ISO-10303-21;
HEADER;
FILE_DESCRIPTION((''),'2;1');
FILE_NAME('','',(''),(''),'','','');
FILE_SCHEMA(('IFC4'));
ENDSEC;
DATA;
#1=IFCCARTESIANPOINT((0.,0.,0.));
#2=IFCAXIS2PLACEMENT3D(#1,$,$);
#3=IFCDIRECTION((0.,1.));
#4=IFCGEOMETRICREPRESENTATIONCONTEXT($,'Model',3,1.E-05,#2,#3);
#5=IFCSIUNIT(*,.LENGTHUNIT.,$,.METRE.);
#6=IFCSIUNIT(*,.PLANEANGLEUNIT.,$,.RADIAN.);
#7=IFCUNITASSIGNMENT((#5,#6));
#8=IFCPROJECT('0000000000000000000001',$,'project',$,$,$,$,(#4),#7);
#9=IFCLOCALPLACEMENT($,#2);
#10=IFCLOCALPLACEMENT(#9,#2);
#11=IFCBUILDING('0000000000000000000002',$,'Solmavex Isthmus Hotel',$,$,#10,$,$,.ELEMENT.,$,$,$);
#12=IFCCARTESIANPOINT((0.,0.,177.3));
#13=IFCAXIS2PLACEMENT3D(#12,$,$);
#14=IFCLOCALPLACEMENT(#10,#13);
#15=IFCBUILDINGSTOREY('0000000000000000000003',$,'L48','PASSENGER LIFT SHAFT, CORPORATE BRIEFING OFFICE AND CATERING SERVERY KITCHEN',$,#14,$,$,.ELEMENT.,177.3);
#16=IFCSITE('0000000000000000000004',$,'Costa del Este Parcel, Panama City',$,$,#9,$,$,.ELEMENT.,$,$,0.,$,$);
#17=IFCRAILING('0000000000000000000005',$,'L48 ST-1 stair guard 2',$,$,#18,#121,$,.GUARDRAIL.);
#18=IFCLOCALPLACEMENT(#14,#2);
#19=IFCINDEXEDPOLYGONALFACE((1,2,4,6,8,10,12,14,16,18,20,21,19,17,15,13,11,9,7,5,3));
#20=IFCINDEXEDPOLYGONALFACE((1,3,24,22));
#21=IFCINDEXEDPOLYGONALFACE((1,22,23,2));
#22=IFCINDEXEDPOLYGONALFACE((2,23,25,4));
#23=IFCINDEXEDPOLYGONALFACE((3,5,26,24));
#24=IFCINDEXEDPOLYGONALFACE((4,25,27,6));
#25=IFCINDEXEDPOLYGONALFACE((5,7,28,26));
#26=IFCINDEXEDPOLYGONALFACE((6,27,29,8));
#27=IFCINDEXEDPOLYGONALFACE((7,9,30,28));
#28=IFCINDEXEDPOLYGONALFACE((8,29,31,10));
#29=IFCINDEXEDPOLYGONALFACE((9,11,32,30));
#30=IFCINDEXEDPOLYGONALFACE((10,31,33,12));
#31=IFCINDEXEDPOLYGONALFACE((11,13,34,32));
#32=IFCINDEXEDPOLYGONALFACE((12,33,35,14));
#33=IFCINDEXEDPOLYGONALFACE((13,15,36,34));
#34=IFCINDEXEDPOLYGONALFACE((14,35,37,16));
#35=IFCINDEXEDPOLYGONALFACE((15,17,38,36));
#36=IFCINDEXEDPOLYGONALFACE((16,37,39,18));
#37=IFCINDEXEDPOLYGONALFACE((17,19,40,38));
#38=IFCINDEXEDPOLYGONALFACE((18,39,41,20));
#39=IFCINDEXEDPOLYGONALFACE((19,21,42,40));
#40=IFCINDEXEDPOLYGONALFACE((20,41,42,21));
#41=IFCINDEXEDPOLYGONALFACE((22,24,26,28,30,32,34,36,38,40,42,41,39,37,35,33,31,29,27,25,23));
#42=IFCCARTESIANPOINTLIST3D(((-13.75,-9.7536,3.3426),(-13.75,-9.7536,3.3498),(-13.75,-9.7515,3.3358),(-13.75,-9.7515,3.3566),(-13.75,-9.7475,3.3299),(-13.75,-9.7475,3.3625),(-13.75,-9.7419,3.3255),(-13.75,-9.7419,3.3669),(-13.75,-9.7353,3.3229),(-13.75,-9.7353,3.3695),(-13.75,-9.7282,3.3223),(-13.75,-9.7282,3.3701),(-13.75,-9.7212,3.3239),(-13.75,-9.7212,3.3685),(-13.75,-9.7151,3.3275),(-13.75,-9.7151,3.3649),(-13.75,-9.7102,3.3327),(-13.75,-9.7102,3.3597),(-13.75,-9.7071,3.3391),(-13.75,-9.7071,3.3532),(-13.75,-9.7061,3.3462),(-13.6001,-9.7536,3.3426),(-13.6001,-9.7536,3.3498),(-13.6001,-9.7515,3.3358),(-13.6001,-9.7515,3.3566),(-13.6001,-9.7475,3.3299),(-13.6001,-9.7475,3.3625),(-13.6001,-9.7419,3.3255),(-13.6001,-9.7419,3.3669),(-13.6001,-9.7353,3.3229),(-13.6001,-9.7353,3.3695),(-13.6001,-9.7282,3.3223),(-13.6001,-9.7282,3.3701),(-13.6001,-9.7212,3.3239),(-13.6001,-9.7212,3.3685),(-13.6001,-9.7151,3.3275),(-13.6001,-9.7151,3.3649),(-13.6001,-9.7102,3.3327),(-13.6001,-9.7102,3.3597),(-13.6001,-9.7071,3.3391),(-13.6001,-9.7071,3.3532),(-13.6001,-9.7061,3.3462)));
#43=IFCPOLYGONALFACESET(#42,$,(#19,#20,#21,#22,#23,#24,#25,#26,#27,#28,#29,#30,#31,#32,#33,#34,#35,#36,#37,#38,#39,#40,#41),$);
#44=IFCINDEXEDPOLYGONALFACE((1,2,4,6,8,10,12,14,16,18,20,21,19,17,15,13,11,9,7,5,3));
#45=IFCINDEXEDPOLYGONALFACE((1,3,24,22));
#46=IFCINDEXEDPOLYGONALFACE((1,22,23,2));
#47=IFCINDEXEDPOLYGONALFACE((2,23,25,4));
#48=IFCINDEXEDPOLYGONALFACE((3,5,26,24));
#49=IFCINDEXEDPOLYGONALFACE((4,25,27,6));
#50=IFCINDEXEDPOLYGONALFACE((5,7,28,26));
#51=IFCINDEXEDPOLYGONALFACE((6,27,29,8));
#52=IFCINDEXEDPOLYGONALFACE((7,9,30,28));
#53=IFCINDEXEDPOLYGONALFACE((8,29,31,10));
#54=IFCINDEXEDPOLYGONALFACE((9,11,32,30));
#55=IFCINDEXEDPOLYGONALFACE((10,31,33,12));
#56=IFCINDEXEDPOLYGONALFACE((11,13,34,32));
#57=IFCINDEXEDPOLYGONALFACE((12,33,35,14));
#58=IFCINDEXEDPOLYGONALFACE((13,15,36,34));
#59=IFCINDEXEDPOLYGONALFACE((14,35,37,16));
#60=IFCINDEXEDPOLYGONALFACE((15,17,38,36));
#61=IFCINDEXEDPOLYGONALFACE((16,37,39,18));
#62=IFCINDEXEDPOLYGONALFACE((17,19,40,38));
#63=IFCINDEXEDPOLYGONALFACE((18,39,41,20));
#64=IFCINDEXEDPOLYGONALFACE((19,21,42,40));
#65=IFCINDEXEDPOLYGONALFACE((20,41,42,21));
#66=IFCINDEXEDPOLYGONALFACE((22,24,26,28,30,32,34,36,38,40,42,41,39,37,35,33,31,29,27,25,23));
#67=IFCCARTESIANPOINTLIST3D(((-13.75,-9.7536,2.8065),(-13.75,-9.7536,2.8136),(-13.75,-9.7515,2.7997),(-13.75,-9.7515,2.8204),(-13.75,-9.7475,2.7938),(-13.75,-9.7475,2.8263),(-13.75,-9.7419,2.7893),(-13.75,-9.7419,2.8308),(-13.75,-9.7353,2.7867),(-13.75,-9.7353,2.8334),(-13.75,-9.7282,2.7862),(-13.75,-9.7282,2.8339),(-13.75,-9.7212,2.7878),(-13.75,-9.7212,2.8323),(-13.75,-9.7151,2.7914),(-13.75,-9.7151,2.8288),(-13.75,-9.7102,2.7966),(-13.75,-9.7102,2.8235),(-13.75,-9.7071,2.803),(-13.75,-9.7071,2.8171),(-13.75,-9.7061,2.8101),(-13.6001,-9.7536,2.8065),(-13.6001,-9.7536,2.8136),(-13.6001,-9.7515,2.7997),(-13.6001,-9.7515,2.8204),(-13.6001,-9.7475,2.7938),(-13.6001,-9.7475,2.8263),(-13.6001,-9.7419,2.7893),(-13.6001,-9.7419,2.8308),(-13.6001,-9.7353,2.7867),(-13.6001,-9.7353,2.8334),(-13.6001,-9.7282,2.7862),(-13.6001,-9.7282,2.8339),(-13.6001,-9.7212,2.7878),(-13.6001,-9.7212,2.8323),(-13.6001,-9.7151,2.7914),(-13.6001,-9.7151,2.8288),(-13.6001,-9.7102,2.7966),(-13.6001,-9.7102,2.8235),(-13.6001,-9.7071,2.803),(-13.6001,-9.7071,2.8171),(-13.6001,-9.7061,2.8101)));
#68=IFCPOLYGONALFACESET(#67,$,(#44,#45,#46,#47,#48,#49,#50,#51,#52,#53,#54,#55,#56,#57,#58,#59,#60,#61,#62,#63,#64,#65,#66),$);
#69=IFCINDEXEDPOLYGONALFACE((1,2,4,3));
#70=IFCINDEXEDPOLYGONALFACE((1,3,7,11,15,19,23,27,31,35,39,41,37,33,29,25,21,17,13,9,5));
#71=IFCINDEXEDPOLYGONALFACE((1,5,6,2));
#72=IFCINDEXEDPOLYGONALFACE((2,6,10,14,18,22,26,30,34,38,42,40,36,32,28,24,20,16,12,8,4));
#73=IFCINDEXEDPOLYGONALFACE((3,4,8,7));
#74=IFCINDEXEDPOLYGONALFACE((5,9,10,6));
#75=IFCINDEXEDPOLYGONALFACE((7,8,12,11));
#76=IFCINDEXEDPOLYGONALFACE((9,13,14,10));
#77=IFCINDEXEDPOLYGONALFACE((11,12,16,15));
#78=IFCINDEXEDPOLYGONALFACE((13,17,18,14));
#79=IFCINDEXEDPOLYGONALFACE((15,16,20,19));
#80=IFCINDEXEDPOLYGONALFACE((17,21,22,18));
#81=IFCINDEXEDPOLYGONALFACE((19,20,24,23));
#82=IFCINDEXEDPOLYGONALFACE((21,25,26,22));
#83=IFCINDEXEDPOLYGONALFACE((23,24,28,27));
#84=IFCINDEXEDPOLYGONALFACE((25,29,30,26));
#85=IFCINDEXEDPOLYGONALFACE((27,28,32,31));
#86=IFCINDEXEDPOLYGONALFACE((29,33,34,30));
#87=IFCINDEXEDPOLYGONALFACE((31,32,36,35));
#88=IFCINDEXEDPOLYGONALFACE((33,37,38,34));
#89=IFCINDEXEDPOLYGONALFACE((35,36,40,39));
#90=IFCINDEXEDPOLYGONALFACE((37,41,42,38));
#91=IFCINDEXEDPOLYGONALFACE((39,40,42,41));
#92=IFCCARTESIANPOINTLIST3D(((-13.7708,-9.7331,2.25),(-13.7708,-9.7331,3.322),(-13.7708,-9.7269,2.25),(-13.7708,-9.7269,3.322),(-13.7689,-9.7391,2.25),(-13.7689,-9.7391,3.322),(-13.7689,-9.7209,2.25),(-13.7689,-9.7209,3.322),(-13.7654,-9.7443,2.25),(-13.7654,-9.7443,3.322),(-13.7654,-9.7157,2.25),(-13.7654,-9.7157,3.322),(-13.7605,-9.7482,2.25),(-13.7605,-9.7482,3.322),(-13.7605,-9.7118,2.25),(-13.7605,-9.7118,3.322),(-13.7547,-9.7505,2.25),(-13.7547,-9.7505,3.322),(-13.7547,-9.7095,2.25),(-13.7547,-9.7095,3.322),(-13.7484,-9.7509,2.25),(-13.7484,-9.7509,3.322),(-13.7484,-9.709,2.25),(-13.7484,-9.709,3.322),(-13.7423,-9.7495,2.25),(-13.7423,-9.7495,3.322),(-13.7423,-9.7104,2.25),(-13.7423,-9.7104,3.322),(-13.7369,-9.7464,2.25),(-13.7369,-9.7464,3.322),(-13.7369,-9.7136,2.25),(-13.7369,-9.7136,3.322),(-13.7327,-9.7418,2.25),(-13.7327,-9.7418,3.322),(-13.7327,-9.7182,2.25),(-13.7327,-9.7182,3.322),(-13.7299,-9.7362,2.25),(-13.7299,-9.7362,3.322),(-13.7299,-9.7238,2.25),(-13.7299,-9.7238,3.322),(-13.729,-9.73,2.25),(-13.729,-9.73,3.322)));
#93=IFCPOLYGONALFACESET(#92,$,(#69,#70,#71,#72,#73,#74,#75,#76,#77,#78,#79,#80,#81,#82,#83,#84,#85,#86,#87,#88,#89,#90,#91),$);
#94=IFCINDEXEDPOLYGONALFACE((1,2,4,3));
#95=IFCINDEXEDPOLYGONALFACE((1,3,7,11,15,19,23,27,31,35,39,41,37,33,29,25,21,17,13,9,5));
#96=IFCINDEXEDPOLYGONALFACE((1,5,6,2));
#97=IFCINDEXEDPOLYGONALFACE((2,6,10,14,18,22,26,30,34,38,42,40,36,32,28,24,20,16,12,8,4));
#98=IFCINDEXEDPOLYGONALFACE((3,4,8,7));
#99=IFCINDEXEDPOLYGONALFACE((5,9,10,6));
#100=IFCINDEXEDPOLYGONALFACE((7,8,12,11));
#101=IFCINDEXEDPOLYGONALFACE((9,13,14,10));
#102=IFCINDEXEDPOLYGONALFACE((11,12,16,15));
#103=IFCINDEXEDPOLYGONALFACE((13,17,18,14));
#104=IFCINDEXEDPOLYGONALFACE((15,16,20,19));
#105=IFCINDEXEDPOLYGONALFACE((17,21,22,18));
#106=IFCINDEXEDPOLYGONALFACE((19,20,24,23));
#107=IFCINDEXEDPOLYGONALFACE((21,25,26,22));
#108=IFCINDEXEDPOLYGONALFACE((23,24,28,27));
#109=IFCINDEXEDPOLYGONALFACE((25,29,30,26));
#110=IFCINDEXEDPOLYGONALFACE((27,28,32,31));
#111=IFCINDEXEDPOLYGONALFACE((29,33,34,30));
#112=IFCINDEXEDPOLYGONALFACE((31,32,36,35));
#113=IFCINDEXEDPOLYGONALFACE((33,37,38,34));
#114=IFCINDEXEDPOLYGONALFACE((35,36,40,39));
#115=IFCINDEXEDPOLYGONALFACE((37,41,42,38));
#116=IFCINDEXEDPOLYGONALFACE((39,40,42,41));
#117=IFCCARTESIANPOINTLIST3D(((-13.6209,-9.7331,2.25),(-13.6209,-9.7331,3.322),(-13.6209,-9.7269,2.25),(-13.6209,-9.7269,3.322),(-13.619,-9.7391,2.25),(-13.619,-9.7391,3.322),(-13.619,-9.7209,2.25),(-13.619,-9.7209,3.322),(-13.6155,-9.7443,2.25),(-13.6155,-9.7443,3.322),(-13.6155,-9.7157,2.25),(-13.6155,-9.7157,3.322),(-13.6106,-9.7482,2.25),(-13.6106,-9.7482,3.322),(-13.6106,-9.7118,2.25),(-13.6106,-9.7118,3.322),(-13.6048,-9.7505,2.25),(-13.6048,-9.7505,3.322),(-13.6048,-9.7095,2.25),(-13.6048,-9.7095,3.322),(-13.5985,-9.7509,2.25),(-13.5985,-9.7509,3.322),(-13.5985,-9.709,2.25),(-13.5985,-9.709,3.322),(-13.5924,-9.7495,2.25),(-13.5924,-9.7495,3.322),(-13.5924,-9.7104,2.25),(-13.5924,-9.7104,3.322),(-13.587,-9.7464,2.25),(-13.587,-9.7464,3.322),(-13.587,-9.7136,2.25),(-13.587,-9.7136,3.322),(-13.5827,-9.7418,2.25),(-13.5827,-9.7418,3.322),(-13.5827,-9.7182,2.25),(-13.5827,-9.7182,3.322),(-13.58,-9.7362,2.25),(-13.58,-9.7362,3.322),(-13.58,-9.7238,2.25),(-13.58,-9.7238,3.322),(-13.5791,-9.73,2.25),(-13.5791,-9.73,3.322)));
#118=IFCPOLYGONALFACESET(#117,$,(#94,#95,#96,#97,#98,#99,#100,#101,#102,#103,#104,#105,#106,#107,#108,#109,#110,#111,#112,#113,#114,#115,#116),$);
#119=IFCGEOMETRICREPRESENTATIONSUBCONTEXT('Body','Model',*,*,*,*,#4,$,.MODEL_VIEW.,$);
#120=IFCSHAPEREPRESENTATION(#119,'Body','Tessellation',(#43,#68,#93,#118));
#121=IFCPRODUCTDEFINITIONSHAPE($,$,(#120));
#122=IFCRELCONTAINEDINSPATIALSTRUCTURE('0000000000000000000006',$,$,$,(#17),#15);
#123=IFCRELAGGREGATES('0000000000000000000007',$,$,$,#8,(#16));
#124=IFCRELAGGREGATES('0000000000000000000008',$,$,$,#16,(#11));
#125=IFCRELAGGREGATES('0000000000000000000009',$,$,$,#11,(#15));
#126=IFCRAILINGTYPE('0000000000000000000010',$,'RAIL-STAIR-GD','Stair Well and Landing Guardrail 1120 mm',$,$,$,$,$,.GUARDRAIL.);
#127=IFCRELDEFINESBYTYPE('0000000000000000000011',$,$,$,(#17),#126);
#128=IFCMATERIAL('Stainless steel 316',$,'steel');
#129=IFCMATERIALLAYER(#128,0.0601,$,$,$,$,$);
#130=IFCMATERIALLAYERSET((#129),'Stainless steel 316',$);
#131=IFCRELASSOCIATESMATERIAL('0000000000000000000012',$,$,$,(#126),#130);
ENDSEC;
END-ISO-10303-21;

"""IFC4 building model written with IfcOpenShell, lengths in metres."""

from ifc_helpers import new_model, si_unit, direction, frame, origin, origin_2d, place, context, subcontext, project, spatial, circle, extrude, material, layer, layer_set, type_object, element, save


model = new_model("IFC4")

# Units and contexts
model_context = context("Model", 3, precision=1e-05, world=origin(), true_north=direction((0.0, 1.0)))
body_context = subcontext(model_context, "Body", "Model", "MODEL_VIEW")
ifc_project = project(units=[si_unit("LENGTHUNIT", "METRE"), si_unit("PLANEANGLEUNIT", "RADIAN")], contexts=[model_context])

# Site, building, storey
site_placement = place(None, origin())
site = spatial("IfcSite", under=ifc_project, at=site_placement, Name="Costa del Este Parcel, Panama City", CompositionType="ELEMENT", RefElevation=0.0)
building_placement = place(site_placement, origin())
building = spatial("IfcBuilding", under=site, at=building_placement, Name="Solmavex Isthmus Hotel", CompositionType="ELEMENT")
storey_placement = place(building_placement, frame((0.0, 0.0, 177.3)))
storey = spatial("IfcBuildingStorey", under=building, at=storey_placement, Name="L48", Description="PASSENGER LIFT SHAFT, CORPORATE BRIEFING OFFICE AND CATERING SERVERY KITCHEN", CompositionType="ELEMENT", Elevation=177.3)

# Railing
ifc_material_1 = material(Name="Stainless steel 316", Category="steel")
ifc_layer_1 = layer(ifc_material_1, 0.0601)
ifc_layer_set_1 = layer_set([ifc_layer_1], Name="Stainless steel 316")
railing_type = type_object("IfcRailingType", Name="RAIL-STAIR-GD", Description="Stair Well and Landing Guardrail 1120 mm", PredefinedType="GUARDRAIL", material=ifc_layer_set_1)
railing_placement = place(storey_placement, frame((-13.75, -9.73, 2.25)))
element("IfcRailing", 1, at=railing_placement, inside=storey, type_object=railing_type, Name="L48 ST-1 stair guard 2", PredefinedType="GUARDRAIL", context=body_context, shape_type="SweptSolid", body=[
    extrude(circle(Radius=0.0239, at=origin_2d()), frame((0.0, 0.0, 1.0962), z_axis=(1.0, 0.0, 0.0), x_axis=(0.0, 1.0, 0.0)), (0.0, 0.0, 1.0), 0.1499),
    extrude(circle(Radius=0.0239, at=origin_2d()), frame((0.0, 0.0, 0.5601), z_axis=(1.0, 0.0, 0.0), x_axis=(0.0, 1.0, 0.0)), (0.0, 0.0, 1.0), 0.1499),
    extrude(circle(Radius=0.021, at=origin_2d()), origin(), (0.0, 0.0, 1.0), 1.072),
    extrude(circle(Radius=0.021, at=origin_2d()), frame((0.1499, 0.0, 0.0)), (0.0, 0.0, 1.0), 1.072),
])

save(model, "model.ifc")
